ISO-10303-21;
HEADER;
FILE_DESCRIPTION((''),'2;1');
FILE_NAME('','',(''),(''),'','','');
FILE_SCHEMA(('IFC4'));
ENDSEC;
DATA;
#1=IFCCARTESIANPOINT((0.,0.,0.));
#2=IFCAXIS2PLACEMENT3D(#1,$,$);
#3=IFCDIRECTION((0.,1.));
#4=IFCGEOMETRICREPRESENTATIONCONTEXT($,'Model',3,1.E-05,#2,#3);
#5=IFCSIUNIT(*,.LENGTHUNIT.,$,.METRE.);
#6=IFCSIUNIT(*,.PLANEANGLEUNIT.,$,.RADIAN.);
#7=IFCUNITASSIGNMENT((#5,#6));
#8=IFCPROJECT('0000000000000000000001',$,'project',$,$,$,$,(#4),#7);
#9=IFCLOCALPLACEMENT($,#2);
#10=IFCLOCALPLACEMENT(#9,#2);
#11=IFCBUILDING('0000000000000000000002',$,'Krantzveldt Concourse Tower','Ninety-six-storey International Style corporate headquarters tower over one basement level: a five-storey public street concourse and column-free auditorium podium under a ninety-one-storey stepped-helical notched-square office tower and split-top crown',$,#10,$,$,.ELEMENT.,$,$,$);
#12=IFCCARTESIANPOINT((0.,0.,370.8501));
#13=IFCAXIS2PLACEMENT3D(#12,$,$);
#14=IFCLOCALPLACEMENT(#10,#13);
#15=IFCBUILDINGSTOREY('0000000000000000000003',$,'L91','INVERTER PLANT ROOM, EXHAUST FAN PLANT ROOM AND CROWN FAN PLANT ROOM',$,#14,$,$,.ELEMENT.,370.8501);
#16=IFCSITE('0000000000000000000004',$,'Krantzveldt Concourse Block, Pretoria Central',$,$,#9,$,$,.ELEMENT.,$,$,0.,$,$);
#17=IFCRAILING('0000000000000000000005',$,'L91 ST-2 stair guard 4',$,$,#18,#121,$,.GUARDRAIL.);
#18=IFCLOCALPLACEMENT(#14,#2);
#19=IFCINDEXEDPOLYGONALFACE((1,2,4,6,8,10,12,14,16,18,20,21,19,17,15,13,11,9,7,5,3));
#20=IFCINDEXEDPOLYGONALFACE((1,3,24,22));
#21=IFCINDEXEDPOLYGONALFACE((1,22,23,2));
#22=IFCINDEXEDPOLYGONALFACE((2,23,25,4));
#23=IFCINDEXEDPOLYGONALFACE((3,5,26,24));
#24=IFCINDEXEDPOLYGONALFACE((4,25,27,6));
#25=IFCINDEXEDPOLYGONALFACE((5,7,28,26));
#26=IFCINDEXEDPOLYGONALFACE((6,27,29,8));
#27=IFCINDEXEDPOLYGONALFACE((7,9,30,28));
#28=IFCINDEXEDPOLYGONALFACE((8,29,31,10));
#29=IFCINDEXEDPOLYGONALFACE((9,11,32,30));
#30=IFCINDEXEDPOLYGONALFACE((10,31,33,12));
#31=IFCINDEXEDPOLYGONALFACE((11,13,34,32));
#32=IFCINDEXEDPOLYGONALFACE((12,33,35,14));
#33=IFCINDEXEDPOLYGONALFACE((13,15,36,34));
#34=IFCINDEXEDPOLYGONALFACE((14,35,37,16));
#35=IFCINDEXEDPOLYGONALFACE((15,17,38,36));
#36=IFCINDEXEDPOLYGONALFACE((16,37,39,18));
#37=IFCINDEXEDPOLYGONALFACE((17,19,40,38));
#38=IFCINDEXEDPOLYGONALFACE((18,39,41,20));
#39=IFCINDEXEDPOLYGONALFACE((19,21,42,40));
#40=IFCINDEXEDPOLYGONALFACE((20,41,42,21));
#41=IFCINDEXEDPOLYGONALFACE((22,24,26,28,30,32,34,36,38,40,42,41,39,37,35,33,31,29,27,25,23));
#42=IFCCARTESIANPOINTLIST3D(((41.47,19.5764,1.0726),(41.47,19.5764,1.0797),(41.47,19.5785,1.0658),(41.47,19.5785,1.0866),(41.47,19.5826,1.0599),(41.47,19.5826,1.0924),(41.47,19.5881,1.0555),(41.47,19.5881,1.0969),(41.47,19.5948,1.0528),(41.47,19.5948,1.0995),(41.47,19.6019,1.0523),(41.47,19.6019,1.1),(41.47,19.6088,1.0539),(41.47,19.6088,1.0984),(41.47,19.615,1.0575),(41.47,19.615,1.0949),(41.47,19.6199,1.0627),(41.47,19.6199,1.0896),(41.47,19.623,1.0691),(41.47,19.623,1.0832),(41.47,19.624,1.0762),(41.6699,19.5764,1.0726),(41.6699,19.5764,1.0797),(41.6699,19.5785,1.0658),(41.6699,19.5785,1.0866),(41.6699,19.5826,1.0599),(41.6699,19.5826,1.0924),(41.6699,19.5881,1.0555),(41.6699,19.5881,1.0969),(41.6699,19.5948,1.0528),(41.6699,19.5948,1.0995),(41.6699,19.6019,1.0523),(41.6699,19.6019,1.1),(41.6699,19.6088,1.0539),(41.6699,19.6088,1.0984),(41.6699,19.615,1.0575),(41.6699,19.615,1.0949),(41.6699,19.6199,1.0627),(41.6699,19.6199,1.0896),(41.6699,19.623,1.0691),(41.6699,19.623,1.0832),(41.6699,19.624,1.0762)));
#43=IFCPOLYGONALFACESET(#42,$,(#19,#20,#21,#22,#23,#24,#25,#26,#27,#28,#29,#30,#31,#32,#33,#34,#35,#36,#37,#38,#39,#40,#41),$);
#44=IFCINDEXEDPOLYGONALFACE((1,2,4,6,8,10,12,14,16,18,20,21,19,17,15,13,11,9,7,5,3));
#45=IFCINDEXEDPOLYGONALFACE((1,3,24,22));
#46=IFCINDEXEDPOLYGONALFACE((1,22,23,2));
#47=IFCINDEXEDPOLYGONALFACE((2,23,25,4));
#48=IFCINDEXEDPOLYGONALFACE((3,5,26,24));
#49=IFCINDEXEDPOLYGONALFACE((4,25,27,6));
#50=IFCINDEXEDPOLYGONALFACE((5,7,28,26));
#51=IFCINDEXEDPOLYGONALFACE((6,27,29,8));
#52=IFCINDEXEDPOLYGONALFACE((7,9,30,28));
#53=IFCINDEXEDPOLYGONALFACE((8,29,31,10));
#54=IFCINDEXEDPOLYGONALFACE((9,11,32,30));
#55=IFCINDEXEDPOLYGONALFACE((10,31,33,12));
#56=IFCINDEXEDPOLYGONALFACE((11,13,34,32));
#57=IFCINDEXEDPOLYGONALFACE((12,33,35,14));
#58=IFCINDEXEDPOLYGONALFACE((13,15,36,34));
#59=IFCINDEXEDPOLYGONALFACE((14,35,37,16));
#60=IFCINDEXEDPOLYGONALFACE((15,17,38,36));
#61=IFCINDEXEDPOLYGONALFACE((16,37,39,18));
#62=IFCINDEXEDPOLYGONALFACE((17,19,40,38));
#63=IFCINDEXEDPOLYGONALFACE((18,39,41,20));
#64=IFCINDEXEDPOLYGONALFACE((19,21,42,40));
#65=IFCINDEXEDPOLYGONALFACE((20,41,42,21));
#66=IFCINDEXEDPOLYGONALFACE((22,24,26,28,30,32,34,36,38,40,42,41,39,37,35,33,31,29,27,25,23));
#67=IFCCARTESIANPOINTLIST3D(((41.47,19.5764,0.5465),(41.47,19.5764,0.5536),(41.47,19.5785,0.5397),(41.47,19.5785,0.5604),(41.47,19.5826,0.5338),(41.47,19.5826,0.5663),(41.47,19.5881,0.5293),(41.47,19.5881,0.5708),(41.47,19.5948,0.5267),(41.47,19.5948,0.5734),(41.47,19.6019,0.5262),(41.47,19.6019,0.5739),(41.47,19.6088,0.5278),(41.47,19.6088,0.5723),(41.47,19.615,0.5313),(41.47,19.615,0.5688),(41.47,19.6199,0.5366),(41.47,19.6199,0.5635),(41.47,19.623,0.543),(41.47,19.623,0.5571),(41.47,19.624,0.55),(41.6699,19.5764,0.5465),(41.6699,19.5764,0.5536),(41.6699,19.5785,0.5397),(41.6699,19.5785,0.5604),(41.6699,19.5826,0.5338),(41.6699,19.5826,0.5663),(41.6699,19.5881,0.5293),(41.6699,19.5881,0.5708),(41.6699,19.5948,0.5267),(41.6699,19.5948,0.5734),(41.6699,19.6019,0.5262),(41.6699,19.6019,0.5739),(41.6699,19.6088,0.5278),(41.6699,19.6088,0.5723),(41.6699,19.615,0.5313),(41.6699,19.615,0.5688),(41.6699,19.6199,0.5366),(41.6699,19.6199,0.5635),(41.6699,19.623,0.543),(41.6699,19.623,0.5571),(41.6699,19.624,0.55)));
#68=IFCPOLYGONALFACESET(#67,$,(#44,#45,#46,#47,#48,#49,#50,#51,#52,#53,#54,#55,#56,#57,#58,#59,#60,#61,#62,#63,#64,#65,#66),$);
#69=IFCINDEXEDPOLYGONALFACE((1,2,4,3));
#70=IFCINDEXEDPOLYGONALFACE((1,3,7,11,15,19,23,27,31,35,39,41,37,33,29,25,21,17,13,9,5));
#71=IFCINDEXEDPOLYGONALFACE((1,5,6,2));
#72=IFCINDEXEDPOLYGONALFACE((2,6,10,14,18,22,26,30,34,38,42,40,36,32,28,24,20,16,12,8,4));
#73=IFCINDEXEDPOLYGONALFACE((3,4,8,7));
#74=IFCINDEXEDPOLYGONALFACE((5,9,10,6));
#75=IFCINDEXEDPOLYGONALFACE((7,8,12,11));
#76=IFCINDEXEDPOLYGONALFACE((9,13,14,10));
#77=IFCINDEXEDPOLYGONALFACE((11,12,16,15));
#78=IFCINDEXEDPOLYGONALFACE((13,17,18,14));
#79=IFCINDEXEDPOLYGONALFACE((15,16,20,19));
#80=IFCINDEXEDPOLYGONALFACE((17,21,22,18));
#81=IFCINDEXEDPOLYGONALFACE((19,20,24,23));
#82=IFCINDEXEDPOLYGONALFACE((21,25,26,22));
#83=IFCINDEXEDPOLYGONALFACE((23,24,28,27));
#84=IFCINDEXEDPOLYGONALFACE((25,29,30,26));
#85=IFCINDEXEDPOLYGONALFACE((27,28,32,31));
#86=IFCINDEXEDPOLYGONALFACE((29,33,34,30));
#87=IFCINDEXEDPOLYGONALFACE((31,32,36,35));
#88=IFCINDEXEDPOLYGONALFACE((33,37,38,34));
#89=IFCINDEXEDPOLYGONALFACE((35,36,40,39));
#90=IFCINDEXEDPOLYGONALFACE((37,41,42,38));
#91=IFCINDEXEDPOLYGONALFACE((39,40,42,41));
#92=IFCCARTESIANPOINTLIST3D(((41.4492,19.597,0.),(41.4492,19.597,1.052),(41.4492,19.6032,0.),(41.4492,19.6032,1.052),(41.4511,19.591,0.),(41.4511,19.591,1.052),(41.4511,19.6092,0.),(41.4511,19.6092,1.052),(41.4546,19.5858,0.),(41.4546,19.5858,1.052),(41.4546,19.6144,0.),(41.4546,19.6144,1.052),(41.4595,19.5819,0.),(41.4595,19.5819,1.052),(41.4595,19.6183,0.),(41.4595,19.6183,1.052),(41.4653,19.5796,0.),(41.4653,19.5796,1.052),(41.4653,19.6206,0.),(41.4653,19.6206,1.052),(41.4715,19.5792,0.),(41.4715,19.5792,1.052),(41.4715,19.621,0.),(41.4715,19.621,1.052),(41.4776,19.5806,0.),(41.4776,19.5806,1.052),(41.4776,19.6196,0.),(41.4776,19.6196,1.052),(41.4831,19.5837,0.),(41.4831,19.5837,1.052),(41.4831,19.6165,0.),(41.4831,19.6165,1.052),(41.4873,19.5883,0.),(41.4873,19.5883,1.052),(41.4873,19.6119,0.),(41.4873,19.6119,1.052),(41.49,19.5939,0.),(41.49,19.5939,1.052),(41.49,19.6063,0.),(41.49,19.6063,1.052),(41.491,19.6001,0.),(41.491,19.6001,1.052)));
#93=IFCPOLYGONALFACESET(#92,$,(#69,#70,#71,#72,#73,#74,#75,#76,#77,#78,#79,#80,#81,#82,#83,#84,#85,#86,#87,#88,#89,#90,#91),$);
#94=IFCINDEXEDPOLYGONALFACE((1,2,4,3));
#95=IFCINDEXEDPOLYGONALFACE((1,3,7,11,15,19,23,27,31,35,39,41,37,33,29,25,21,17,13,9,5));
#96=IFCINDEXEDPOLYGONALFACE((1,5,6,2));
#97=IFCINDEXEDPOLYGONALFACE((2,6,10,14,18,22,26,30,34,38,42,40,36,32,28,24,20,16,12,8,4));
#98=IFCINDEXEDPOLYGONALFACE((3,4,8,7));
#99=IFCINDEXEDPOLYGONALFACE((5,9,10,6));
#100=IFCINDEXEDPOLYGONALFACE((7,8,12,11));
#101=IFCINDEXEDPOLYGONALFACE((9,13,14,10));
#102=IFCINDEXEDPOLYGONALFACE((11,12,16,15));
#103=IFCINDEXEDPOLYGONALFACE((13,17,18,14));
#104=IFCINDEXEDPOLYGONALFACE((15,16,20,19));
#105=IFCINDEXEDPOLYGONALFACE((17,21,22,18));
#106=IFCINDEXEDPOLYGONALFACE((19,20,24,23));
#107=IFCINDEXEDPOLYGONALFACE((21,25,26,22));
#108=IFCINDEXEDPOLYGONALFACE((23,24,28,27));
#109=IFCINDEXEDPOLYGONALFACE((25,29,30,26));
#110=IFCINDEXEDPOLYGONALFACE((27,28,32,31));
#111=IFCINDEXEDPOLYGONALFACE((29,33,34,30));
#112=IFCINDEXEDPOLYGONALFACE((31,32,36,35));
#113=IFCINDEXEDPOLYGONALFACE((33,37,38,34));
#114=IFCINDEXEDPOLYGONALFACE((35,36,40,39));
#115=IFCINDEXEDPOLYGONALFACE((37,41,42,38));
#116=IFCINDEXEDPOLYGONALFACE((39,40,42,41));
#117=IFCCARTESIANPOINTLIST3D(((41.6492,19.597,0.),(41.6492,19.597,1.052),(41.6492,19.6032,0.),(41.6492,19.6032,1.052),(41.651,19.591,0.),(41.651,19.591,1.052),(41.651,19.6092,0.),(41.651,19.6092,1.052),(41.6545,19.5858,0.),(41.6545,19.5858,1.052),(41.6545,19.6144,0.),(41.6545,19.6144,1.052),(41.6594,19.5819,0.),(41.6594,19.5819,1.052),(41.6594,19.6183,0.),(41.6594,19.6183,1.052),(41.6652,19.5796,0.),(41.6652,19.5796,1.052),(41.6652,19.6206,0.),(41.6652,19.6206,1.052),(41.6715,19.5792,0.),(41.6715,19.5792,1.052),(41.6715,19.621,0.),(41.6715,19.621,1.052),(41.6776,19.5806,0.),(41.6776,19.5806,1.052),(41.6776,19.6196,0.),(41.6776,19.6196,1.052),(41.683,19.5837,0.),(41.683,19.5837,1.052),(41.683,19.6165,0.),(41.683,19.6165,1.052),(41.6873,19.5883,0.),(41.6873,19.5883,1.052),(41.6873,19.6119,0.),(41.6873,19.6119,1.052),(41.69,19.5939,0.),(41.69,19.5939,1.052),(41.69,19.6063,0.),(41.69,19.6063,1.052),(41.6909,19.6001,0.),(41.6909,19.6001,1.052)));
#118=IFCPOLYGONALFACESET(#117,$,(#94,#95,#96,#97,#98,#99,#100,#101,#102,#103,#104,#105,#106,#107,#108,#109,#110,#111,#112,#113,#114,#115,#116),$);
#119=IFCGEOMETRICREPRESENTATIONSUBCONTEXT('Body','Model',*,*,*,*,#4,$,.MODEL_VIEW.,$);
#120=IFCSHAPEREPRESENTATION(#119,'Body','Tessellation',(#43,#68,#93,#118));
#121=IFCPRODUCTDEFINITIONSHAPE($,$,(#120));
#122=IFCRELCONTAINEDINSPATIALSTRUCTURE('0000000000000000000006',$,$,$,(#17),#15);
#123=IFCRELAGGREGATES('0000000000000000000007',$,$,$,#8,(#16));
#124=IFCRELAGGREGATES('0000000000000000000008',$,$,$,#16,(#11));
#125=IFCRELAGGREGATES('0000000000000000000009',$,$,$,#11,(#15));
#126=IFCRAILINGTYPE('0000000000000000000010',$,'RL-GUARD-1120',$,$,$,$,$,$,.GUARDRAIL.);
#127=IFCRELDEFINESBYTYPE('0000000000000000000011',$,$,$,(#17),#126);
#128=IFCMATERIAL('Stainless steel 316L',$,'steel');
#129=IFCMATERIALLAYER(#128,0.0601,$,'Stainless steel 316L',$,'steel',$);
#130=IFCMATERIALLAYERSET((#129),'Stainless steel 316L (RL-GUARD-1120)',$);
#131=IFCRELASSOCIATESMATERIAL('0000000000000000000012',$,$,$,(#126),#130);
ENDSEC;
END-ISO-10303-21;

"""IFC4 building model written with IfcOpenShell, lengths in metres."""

from ifc_helpers import new_model, si_unit, direction, frame, origin, origin_2d, place, context, subcontext, project, spatial, circle, extrude, material, layer, layer_set, type_object, element, save


model = new_model("IFC4")

# Units and contexts
model_context = context("Model", 3, precision=1e-05, world=origin(), true_north=direction((0.0, 1.0)))
body_context = subcontext(model_context, "Body", "Model", "MODEL_VIEW")
ifc_project = project(units=[si_unit("LENGTHUNIT", "METRE"), si_unit("PLANEANGLEUNIT", "RADIAN")], contexts=[model_context])

# Site, building, storey
site_placement = place(None, origin())
site = spatial("IfcSite", under=ifc_project, at=site_placement, Name="Krantzveldt Concourse Block, Pretoria Central", CompositionType="ELEMENT", RefElevation=0.0)
building_placement = place(site_placement, origin())
building = spatial("IfcBuilding", under=site, at=building_placement, Name="Krantzveldt Concourse Tower", Description="Ninety-six-storey International Style corporate headquarters tower over one basement level: a five-storey public street concourse and column-free auditorium podium under a ninety-one-storey stepped-helical notched-square office tower and split-top crown", CompositionType="ELEMENT")
storey_placement = place(building_placement, frame((0.0, 0.0, 370.8501)))
storey = spatial("IfcBuildingStorey", under=building, at=storey_placement, Name="L91", Description="INVERTER PLANT ROOM, EXHAUST FAN PLANT ROOM AND CROWN FAN PLANT ROOM", CompositionType="ELEMENT", Elevation=370.8501)

# Shared definitions
ifc_material_1 = material(Name="Stainless steel 316L", Category="steel")

# Railing
ifc_layer_1 = layer(ifc_material_1, 0.0601, Name="Stainless steel 316L", Category="steel")
ifc_layer_set_1 = layer_set([ifc_layer_1], Name="Stainless steel 316L (RL-GUARD-1120)")
railing_type_1 = type_object("IfcRailingType", Name="RL-GUARD-1120", PredefinedType="GUARDRAIL", material=ifc_layer_set_1)
railing_1_placement = place(storey_placement, frame((41.47, 19.6001, 0.0)))
element("IfcRailing", 1, at=railing_1_placement, inside=storey, type_object=railing_type_1, Name="L91 ST-2 stair guard 4", PredefinedType="GUARDRAIL", context=body_context, shape_type="SweptSolid", body=[
    extrude(circle(Radius=0.0239, at=origin_2d()), frame((0.0, 0.0, 1.0762), z_axis=(1.0, 0.0, 0.0), x_axis=(0.0, 1.0, 0.0)), (0.0, 0.0, 1.0), 0.2),
    extrude(circle(Radius=0.0239, at=origin_2d()), frame((0.0, 0.0, 0.55), z_axis=(1.0, 0.0, 0.0), x_axis=(0.0, 1.0, 0.0)), (0.0, 0.0, 1.0), 0.2),
    extrude(circle(Radius=0.021, at=origin_2d()), origin(), (0.0, 0.0, 1.0), 1.052),
    extrude(circle(Radius=0.021, at=origin_2d()), frame((0.2, 0.0, 0.0)), (0.0, 0.0, 1.0), 1.052),
])

save(model, "model.ifc")
